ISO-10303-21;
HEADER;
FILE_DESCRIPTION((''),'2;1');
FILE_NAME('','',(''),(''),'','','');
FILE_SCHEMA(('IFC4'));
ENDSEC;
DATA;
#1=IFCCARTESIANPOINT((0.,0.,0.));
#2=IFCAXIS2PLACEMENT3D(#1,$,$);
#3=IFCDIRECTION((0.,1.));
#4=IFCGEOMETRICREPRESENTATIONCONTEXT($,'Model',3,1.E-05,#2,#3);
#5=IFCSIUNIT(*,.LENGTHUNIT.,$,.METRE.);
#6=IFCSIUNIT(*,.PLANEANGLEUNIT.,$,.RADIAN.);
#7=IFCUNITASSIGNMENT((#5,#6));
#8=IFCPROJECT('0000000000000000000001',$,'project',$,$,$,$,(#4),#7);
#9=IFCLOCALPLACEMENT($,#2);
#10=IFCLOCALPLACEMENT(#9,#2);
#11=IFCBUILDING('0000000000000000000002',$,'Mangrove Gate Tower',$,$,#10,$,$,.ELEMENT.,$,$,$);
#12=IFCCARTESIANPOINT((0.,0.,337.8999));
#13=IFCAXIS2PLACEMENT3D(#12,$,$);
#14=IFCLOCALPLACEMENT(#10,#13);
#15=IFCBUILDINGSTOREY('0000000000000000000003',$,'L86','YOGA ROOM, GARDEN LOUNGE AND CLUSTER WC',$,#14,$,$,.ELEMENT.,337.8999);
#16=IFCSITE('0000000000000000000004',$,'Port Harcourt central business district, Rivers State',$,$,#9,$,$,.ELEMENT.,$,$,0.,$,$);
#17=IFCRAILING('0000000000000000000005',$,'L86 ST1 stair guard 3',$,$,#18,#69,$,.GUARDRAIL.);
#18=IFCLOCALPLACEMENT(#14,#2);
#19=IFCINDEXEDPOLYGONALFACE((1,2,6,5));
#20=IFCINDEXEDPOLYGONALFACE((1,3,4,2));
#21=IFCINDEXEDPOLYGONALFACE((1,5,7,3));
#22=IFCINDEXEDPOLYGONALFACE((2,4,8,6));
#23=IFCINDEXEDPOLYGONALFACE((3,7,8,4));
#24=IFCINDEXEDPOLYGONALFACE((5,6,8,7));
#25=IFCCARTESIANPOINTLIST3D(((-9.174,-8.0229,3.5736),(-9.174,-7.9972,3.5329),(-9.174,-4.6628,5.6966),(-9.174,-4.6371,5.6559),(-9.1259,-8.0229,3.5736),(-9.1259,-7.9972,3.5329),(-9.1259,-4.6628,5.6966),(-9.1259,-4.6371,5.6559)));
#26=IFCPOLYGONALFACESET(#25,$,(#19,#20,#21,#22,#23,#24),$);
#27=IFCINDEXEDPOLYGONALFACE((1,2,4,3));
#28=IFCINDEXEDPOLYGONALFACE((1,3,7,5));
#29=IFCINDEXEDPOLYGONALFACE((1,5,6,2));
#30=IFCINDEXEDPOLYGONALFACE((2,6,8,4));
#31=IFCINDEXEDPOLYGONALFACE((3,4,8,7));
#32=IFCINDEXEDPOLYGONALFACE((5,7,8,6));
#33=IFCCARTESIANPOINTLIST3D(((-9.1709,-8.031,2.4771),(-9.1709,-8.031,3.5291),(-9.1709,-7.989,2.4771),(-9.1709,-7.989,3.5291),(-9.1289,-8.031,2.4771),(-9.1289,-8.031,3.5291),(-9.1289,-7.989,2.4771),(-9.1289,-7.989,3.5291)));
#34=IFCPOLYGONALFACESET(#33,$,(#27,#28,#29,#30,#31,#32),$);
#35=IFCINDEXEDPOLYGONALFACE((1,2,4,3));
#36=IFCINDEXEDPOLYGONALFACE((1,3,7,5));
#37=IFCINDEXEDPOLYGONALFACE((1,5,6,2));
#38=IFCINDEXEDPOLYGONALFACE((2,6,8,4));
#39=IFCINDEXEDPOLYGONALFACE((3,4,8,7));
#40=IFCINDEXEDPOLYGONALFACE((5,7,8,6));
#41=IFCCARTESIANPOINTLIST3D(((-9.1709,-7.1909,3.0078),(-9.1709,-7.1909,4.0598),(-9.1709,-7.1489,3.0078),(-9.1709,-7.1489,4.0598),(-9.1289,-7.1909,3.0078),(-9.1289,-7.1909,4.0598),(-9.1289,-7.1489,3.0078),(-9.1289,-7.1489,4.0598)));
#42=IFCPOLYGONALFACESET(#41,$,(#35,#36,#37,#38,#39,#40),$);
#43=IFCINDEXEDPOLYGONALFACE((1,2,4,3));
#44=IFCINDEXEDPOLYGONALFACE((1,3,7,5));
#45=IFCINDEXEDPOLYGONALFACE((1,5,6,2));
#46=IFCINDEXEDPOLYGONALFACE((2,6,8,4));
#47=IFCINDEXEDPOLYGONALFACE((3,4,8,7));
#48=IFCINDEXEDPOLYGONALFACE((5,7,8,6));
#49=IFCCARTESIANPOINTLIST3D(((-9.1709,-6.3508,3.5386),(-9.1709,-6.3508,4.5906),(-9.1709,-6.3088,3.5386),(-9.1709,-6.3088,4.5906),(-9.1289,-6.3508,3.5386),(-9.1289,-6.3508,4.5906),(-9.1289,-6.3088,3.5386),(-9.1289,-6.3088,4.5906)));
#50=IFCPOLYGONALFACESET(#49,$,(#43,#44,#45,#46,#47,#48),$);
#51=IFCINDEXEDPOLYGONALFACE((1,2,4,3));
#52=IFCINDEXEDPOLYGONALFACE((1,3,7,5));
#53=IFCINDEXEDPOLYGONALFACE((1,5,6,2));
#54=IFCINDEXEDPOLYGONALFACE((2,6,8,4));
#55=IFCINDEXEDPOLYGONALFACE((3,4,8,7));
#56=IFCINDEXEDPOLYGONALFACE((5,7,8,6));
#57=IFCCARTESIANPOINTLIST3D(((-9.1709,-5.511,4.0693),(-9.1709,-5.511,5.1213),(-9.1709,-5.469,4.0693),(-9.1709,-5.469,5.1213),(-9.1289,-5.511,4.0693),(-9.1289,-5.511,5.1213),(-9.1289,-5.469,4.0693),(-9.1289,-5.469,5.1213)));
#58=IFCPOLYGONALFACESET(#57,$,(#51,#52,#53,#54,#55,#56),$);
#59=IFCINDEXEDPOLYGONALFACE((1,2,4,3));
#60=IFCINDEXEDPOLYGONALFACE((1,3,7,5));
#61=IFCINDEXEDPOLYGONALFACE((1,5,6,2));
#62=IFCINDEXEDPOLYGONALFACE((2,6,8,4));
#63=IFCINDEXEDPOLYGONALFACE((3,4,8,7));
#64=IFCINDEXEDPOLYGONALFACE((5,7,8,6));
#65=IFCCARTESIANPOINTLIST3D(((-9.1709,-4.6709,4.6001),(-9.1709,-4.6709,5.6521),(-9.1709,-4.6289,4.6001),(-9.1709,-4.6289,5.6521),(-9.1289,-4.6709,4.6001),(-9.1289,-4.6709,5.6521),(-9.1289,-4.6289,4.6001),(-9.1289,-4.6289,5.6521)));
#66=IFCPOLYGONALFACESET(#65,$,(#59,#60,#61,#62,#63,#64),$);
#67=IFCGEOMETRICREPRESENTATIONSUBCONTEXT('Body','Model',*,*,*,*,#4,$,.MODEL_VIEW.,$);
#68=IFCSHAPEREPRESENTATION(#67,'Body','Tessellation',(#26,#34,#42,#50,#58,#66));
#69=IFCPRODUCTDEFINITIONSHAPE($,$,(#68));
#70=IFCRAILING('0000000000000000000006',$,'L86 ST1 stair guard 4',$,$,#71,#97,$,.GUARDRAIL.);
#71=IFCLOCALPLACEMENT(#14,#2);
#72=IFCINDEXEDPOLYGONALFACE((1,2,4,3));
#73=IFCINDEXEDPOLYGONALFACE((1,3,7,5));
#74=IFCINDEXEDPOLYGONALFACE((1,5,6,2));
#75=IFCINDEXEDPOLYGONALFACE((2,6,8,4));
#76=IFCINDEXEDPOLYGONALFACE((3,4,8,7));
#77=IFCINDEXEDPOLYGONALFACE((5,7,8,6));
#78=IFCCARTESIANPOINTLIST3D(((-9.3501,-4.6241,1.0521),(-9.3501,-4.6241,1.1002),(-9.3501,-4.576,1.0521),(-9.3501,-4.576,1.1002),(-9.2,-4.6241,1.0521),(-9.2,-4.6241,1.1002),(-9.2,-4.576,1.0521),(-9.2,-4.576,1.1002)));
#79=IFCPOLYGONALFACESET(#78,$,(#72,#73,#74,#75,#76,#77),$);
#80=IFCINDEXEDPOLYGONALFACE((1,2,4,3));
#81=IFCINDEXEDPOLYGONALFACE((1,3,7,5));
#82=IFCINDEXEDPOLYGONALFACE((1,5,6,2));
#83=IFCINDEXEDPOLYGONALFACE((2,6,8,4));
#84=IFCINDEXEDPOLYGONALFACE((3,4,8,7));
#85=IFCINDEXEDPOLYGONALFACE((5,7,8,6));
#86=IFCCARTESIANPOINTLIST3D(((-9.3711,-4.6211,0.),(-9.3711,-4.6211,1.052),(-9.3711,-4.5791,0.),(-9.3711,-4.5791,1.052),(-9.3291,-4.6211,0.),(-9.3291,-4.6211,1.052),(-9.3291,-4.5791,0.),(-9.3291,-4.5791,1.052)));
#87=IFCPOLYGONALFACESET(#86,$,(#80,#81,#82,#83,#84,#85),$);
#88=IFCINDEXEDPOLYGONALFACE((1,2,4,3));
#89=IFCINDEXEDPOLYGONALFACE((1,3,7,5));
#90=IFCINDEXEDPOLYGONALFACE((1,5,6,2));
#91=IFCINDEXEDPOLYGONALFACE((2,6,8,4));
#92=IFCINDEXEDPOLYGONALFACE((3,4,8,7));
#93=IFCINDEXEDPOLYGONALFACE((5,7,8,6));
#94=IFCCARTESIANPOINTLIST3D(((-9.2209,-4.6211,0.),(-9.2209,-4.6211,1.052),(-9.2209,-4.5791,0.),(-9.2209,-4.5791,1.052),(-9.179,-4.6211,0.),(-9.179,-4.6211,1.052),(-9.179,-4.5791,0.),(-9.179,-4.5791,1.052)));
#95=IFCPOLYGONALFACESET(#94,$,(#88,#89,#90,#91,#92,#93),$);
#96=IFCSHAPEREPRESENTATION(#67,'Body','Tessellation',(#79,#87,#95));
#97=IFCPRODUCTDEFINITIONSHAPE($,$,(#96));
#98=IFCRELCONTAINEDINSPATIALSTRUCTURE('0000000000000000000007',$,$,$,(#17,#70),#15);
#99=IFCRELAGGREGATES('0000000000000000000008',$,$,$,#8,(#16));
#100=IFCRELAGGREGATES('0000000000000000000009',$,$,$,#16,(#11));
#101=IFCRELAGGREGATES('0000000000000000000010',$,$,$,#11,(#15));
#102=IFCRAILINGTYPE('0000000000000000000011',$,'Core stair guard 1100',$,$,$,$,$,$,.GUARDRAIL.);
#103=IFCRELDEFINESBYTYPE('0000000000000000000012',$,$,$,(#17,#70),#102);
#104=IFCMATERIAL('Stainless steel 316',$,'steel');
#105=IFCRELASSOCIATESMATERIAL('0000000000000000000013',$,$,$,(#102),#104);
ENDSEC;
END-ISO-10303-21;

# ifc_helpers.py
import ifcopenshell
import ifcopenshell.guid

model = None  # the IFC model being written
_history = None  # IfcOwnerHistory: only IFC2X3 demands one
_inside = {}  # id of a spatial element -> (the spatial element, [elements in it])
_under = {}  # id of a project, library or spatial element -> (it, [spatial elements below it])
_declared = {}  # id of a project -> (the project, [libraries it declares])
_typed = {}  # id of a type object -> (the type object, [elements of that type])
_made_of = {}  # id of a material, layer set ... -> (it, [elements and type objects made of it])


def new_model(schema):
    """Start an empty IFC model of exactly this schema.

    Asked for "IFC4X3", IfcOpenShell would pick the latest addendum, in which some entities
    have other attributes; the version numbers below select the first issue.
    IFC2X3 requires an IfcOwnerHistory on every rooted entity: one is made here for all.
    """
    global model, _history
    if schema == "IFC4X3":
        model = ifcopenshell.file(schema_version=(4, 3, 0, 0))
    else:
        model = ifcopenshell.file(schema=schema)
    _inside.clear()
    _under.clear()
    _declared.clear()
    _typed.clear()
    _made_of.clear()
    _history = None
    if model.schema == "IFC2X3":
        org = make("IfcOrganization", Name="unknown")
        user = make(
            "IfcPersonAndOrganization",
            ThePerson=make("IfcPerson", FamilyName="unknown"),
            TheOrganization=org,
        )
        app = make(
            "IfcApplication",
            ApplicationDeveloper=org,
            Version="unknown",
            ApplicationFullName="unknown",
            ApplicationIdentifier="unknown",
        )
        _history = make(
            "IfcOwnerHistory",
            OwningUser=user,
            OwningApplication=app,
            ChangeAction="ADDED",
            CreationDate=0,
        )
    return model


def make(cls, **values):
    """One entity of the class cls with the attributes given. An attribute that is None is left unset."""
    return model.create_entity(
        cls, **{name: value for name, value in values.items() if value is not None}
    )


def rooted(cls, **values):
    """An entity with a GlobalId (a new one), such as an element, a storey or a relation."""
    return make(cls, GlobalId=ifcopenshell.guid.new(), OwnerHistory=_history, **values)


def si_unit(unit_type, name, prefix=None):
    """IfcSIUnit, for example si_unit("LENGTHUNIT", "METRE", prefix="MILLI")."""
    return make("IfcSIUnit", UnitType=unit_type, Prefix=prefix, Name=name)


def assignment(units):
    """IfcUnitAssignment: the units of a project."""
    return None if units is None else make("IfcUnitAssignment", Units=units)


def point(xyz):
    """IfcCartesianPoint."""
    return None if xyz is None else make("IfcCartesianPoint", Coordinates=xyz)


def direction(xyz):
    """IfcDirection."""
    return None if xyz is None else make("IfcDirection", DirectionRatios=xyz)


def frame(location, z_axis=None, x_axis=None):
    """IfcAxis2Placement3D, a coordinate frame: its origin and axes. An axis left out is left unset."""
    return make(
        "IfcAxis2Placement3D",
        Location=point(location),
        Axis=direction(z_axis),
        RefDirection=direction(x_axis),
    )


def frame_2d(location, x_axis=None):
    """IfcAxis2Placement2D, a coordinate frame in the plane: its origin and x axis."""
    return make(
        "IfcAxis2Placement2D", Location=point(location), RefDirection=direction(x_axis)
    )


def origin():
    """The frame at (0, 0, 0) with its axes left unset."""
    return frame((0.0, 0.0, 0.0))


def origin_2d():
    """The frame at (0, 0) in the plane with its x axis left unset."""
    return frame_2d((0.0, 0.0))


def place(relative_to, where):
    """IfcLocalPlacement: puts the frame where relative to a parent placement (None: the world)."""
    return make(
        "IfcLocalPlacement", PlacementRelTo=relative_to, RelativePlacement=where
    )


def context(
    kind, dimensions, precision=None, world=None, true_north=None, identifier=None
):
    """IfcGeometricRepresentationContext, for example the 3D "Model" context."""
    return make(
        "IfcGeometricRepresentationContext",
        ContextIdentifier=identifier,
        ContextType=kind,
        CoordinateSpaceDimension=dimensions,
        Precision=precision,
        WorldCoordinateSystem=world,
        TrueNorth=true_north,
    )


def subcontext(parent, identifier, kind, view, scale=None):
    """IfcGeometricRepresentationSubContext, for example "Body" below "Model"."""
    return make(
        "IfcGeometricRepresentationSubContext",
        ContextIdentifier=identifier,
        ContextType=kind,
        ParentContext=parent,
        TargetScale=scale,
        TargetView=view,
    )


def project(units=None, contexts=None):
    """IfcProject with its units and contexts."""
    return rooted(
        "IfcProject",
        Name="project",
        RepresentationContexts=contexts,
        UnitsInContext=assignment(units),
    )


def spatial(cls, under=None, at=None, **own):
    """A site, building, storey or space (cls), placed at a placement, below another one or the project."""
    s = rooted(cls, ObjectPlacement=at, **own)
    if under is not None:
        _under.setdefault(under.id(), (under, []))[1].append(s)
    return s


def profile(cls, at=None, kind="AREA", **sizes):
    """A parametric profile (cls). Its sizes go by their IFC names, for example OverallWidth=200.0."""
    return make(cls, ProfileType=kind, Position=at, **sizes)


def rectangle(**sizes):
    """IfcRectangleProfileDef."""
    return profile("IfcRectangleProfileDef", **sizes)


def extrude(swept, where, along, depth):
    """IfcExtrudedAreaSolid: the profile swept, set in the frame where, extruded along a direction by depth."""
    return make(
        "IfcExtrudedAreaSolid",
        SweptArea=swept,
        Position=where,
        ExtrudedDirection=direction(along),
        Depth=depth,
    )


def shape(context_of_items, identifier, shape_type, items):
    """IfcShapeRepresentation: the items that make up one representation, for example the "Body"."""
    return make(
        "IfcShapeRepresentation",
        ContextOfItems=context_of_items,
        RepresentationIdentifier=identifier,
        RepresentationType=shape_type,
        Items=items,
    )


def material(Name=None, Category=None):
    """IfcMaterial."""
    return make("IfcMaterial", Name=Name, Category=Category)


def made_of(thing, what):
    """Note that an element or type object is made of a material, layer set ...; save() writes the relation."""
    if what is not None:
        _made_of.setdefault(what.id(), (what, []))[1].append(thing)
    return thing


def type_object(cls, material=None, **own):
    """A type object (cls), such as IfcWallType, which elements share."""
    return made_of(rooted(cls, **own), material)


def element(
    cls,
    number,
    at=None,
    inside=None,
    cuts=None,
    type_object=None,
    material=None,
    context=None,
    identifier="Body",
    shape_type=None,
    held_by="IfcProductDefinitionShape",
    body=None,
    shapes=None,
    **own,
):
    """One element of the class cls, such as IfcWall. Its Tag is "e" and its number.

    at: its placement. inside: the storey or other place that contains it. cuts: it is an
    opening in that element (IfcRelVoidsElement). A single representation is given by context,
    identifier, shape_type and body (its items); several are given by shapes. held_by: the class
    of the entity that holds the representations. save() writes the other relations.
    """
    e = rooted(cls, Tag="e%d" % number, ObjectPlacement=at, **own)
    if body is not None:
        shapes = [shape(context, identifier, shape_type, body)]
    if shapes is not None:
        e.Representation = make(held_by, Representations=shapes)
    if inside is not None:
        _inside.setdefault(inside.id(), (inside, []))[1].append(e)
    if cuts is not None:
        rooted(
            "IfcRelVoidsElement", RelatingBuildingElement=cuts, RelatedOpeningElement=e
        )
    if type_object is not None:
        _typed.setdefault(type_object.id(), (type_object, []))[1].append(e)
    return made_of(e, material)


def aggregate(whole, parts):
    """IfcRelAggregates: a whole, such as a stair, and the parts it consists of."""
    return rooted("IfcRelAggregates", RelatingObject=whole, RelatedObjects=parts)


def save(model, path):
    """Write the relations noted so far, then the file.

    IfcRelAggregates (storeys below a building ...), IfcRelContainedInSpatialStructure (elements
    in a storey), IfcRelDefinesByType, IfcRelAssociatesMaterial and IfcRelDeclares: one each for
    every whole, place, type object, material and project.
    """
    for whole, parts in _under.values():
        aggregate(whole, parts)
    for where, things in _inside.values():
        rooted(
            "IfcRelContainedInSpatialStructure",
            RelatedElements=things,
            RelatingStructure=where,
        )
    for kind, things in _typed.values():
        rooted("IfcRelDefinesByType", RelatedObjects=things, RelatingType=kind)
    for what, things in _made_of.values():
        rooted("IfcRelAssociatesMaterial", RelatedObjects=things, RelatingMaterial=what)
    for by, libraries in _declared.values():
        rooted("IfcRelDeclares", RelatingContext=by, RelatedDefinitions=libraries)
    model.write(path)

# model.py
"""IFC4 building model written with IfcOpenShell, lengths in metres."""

from ifc_helpers import new_model, si_unit, direction, frame, origin, origin_2d, place, context, subcontext, project, spatial, rectangle, extrude, material, type_object, element, save


model = new_model("IFC4")

# Units and contexts
model_context = context("Model", 3, precision=1e-05, world=origin(), true_north=direction((0.0, 1.0)))
body_context = subcontext(model_context, "Body", "Model", "MODEL_VIEW")
ifc_project = project(units=[si_unit("LENGTHUNIT", "METRE"), si_unit("PLANEANGLEUNIT", "RADIAN")], contexts=[model_context])

# Site, building, storey
site_placement = place(None, origin())
site = spatial("IfcSite", under=ifc_project, at=site_placement, Name="Port Harcourt central business district, Rivers State", CompositionType="ELEMENT", RefElevation=0.0)
building_placement = place(site_placement, origin())
building = spatial("IfcBuilding", under=site, at=building_placement, Name="Mangrove Gate Tower", CompositionType="ELEMENT")
storey_placement = place(building_placement, frame((0.0, 0.0, 337.8999)))
storey = spatial("IfcBuildingStorey", under=building, at=storey_placement, Name="L86", Description="YOGA ROOM, GARDEN LOUNGE AND CLUSTER WC", CompositionType="ELEMENT", Elevation=337.8999)

# Railings
ifc_material_1 = material(Name="Stainless steel 316", Category="steel")
railing_type_1 = type_object("IfcRailingType", Name="Core stair guard 1100", PredefinedType="GUARDRAIL", material=ifc_material_1)
railing_1_placement = place(storey_placement, frame((-9.1499, -8.01, 2.4771)))
element("IfcRailing", 1, at=railing_1_placement, inside=storey, type_object=railing_type_1, Name="L86 ST1 stair guard 3", PredefinedType="GUARDRAIL", context=body_context, shape_type="SweptSolid", body=[
    extrude(rectangle(XDim=0.0481, YDim=0.0481, at=origin_2d()), frame((0.0, 0.0, 1.0762), z_axis=(0.0, 0.84539, 0.53415), x_axis=(-1.0, 0.0, 0.0)), (0.0, 0.0, 1.0), 3.9746),
    extrude(rectangle(XDim=0.042, YDim=0.042, at=origin_2d()), origin(), (0.0, 0.0, 1.0), 1.052),
    extrude(rectangle(XDim=0.042, YDim=0.042, at=origin_2d()), frame((0.0, 0.8401, 0.5308)), (0.0, 0.0, 1.0), 1.052),
    extrude(rectangle(XDim=0.042, YDim=0.042, at=origin_2d()), frame((0.0, 1.6802, 1.0615)), (0.0, 0.0, 1.0), 1.052),
    extrude(rectangle(XDim=0.042, YDim=0.042, at=origin_2d()), frame((0.0, 2.52, 1.5923)), (0.0, 0.0, 1.0), 1.052),
    extrude(rectangle(XDim=0.042, YDim=0.042, at=origin_2d()), frame((0.0, 3.3601, 2.123)), (0.0, 0.0, 1.0), 1.052),
])
railing_2_placement = place(storey_placement, frame((-9.3501, -4.6001, 0.0)))
element("IfcRailing", 2, at=railing_2_placement, inside=storey, type_object=railing_type_1, Name="L86 ST1 stair guard 4", PredefinedType="GUARDRAIL", context=body_context, shape_type="SweptSolid", body=[
    extrude(rectangle(XDim=0.0481, YDim=0.0481, at=origin_2d()), frame((0.0, 0.0, 1.0762), z_axis=(1.0, 0.0, 0.0), x_axis=(0.0, 1.0, 0.0)), (0.0, 0.0, 1.0), 0.1501),
    extrude(rectangle(XDim=0.042, YDim=0.042, at=origin_2d()), origin(), (0.0, 0.0, 1.0), 1.052),
    extrude(rectangle(XDim=0.042, YDim=0.042, at=origin_2d()), frame((0.1501, 0.0, 0.0)), (0.0, 0.0, 1.0), 1.052),
])

save(model, "model.ifc")
